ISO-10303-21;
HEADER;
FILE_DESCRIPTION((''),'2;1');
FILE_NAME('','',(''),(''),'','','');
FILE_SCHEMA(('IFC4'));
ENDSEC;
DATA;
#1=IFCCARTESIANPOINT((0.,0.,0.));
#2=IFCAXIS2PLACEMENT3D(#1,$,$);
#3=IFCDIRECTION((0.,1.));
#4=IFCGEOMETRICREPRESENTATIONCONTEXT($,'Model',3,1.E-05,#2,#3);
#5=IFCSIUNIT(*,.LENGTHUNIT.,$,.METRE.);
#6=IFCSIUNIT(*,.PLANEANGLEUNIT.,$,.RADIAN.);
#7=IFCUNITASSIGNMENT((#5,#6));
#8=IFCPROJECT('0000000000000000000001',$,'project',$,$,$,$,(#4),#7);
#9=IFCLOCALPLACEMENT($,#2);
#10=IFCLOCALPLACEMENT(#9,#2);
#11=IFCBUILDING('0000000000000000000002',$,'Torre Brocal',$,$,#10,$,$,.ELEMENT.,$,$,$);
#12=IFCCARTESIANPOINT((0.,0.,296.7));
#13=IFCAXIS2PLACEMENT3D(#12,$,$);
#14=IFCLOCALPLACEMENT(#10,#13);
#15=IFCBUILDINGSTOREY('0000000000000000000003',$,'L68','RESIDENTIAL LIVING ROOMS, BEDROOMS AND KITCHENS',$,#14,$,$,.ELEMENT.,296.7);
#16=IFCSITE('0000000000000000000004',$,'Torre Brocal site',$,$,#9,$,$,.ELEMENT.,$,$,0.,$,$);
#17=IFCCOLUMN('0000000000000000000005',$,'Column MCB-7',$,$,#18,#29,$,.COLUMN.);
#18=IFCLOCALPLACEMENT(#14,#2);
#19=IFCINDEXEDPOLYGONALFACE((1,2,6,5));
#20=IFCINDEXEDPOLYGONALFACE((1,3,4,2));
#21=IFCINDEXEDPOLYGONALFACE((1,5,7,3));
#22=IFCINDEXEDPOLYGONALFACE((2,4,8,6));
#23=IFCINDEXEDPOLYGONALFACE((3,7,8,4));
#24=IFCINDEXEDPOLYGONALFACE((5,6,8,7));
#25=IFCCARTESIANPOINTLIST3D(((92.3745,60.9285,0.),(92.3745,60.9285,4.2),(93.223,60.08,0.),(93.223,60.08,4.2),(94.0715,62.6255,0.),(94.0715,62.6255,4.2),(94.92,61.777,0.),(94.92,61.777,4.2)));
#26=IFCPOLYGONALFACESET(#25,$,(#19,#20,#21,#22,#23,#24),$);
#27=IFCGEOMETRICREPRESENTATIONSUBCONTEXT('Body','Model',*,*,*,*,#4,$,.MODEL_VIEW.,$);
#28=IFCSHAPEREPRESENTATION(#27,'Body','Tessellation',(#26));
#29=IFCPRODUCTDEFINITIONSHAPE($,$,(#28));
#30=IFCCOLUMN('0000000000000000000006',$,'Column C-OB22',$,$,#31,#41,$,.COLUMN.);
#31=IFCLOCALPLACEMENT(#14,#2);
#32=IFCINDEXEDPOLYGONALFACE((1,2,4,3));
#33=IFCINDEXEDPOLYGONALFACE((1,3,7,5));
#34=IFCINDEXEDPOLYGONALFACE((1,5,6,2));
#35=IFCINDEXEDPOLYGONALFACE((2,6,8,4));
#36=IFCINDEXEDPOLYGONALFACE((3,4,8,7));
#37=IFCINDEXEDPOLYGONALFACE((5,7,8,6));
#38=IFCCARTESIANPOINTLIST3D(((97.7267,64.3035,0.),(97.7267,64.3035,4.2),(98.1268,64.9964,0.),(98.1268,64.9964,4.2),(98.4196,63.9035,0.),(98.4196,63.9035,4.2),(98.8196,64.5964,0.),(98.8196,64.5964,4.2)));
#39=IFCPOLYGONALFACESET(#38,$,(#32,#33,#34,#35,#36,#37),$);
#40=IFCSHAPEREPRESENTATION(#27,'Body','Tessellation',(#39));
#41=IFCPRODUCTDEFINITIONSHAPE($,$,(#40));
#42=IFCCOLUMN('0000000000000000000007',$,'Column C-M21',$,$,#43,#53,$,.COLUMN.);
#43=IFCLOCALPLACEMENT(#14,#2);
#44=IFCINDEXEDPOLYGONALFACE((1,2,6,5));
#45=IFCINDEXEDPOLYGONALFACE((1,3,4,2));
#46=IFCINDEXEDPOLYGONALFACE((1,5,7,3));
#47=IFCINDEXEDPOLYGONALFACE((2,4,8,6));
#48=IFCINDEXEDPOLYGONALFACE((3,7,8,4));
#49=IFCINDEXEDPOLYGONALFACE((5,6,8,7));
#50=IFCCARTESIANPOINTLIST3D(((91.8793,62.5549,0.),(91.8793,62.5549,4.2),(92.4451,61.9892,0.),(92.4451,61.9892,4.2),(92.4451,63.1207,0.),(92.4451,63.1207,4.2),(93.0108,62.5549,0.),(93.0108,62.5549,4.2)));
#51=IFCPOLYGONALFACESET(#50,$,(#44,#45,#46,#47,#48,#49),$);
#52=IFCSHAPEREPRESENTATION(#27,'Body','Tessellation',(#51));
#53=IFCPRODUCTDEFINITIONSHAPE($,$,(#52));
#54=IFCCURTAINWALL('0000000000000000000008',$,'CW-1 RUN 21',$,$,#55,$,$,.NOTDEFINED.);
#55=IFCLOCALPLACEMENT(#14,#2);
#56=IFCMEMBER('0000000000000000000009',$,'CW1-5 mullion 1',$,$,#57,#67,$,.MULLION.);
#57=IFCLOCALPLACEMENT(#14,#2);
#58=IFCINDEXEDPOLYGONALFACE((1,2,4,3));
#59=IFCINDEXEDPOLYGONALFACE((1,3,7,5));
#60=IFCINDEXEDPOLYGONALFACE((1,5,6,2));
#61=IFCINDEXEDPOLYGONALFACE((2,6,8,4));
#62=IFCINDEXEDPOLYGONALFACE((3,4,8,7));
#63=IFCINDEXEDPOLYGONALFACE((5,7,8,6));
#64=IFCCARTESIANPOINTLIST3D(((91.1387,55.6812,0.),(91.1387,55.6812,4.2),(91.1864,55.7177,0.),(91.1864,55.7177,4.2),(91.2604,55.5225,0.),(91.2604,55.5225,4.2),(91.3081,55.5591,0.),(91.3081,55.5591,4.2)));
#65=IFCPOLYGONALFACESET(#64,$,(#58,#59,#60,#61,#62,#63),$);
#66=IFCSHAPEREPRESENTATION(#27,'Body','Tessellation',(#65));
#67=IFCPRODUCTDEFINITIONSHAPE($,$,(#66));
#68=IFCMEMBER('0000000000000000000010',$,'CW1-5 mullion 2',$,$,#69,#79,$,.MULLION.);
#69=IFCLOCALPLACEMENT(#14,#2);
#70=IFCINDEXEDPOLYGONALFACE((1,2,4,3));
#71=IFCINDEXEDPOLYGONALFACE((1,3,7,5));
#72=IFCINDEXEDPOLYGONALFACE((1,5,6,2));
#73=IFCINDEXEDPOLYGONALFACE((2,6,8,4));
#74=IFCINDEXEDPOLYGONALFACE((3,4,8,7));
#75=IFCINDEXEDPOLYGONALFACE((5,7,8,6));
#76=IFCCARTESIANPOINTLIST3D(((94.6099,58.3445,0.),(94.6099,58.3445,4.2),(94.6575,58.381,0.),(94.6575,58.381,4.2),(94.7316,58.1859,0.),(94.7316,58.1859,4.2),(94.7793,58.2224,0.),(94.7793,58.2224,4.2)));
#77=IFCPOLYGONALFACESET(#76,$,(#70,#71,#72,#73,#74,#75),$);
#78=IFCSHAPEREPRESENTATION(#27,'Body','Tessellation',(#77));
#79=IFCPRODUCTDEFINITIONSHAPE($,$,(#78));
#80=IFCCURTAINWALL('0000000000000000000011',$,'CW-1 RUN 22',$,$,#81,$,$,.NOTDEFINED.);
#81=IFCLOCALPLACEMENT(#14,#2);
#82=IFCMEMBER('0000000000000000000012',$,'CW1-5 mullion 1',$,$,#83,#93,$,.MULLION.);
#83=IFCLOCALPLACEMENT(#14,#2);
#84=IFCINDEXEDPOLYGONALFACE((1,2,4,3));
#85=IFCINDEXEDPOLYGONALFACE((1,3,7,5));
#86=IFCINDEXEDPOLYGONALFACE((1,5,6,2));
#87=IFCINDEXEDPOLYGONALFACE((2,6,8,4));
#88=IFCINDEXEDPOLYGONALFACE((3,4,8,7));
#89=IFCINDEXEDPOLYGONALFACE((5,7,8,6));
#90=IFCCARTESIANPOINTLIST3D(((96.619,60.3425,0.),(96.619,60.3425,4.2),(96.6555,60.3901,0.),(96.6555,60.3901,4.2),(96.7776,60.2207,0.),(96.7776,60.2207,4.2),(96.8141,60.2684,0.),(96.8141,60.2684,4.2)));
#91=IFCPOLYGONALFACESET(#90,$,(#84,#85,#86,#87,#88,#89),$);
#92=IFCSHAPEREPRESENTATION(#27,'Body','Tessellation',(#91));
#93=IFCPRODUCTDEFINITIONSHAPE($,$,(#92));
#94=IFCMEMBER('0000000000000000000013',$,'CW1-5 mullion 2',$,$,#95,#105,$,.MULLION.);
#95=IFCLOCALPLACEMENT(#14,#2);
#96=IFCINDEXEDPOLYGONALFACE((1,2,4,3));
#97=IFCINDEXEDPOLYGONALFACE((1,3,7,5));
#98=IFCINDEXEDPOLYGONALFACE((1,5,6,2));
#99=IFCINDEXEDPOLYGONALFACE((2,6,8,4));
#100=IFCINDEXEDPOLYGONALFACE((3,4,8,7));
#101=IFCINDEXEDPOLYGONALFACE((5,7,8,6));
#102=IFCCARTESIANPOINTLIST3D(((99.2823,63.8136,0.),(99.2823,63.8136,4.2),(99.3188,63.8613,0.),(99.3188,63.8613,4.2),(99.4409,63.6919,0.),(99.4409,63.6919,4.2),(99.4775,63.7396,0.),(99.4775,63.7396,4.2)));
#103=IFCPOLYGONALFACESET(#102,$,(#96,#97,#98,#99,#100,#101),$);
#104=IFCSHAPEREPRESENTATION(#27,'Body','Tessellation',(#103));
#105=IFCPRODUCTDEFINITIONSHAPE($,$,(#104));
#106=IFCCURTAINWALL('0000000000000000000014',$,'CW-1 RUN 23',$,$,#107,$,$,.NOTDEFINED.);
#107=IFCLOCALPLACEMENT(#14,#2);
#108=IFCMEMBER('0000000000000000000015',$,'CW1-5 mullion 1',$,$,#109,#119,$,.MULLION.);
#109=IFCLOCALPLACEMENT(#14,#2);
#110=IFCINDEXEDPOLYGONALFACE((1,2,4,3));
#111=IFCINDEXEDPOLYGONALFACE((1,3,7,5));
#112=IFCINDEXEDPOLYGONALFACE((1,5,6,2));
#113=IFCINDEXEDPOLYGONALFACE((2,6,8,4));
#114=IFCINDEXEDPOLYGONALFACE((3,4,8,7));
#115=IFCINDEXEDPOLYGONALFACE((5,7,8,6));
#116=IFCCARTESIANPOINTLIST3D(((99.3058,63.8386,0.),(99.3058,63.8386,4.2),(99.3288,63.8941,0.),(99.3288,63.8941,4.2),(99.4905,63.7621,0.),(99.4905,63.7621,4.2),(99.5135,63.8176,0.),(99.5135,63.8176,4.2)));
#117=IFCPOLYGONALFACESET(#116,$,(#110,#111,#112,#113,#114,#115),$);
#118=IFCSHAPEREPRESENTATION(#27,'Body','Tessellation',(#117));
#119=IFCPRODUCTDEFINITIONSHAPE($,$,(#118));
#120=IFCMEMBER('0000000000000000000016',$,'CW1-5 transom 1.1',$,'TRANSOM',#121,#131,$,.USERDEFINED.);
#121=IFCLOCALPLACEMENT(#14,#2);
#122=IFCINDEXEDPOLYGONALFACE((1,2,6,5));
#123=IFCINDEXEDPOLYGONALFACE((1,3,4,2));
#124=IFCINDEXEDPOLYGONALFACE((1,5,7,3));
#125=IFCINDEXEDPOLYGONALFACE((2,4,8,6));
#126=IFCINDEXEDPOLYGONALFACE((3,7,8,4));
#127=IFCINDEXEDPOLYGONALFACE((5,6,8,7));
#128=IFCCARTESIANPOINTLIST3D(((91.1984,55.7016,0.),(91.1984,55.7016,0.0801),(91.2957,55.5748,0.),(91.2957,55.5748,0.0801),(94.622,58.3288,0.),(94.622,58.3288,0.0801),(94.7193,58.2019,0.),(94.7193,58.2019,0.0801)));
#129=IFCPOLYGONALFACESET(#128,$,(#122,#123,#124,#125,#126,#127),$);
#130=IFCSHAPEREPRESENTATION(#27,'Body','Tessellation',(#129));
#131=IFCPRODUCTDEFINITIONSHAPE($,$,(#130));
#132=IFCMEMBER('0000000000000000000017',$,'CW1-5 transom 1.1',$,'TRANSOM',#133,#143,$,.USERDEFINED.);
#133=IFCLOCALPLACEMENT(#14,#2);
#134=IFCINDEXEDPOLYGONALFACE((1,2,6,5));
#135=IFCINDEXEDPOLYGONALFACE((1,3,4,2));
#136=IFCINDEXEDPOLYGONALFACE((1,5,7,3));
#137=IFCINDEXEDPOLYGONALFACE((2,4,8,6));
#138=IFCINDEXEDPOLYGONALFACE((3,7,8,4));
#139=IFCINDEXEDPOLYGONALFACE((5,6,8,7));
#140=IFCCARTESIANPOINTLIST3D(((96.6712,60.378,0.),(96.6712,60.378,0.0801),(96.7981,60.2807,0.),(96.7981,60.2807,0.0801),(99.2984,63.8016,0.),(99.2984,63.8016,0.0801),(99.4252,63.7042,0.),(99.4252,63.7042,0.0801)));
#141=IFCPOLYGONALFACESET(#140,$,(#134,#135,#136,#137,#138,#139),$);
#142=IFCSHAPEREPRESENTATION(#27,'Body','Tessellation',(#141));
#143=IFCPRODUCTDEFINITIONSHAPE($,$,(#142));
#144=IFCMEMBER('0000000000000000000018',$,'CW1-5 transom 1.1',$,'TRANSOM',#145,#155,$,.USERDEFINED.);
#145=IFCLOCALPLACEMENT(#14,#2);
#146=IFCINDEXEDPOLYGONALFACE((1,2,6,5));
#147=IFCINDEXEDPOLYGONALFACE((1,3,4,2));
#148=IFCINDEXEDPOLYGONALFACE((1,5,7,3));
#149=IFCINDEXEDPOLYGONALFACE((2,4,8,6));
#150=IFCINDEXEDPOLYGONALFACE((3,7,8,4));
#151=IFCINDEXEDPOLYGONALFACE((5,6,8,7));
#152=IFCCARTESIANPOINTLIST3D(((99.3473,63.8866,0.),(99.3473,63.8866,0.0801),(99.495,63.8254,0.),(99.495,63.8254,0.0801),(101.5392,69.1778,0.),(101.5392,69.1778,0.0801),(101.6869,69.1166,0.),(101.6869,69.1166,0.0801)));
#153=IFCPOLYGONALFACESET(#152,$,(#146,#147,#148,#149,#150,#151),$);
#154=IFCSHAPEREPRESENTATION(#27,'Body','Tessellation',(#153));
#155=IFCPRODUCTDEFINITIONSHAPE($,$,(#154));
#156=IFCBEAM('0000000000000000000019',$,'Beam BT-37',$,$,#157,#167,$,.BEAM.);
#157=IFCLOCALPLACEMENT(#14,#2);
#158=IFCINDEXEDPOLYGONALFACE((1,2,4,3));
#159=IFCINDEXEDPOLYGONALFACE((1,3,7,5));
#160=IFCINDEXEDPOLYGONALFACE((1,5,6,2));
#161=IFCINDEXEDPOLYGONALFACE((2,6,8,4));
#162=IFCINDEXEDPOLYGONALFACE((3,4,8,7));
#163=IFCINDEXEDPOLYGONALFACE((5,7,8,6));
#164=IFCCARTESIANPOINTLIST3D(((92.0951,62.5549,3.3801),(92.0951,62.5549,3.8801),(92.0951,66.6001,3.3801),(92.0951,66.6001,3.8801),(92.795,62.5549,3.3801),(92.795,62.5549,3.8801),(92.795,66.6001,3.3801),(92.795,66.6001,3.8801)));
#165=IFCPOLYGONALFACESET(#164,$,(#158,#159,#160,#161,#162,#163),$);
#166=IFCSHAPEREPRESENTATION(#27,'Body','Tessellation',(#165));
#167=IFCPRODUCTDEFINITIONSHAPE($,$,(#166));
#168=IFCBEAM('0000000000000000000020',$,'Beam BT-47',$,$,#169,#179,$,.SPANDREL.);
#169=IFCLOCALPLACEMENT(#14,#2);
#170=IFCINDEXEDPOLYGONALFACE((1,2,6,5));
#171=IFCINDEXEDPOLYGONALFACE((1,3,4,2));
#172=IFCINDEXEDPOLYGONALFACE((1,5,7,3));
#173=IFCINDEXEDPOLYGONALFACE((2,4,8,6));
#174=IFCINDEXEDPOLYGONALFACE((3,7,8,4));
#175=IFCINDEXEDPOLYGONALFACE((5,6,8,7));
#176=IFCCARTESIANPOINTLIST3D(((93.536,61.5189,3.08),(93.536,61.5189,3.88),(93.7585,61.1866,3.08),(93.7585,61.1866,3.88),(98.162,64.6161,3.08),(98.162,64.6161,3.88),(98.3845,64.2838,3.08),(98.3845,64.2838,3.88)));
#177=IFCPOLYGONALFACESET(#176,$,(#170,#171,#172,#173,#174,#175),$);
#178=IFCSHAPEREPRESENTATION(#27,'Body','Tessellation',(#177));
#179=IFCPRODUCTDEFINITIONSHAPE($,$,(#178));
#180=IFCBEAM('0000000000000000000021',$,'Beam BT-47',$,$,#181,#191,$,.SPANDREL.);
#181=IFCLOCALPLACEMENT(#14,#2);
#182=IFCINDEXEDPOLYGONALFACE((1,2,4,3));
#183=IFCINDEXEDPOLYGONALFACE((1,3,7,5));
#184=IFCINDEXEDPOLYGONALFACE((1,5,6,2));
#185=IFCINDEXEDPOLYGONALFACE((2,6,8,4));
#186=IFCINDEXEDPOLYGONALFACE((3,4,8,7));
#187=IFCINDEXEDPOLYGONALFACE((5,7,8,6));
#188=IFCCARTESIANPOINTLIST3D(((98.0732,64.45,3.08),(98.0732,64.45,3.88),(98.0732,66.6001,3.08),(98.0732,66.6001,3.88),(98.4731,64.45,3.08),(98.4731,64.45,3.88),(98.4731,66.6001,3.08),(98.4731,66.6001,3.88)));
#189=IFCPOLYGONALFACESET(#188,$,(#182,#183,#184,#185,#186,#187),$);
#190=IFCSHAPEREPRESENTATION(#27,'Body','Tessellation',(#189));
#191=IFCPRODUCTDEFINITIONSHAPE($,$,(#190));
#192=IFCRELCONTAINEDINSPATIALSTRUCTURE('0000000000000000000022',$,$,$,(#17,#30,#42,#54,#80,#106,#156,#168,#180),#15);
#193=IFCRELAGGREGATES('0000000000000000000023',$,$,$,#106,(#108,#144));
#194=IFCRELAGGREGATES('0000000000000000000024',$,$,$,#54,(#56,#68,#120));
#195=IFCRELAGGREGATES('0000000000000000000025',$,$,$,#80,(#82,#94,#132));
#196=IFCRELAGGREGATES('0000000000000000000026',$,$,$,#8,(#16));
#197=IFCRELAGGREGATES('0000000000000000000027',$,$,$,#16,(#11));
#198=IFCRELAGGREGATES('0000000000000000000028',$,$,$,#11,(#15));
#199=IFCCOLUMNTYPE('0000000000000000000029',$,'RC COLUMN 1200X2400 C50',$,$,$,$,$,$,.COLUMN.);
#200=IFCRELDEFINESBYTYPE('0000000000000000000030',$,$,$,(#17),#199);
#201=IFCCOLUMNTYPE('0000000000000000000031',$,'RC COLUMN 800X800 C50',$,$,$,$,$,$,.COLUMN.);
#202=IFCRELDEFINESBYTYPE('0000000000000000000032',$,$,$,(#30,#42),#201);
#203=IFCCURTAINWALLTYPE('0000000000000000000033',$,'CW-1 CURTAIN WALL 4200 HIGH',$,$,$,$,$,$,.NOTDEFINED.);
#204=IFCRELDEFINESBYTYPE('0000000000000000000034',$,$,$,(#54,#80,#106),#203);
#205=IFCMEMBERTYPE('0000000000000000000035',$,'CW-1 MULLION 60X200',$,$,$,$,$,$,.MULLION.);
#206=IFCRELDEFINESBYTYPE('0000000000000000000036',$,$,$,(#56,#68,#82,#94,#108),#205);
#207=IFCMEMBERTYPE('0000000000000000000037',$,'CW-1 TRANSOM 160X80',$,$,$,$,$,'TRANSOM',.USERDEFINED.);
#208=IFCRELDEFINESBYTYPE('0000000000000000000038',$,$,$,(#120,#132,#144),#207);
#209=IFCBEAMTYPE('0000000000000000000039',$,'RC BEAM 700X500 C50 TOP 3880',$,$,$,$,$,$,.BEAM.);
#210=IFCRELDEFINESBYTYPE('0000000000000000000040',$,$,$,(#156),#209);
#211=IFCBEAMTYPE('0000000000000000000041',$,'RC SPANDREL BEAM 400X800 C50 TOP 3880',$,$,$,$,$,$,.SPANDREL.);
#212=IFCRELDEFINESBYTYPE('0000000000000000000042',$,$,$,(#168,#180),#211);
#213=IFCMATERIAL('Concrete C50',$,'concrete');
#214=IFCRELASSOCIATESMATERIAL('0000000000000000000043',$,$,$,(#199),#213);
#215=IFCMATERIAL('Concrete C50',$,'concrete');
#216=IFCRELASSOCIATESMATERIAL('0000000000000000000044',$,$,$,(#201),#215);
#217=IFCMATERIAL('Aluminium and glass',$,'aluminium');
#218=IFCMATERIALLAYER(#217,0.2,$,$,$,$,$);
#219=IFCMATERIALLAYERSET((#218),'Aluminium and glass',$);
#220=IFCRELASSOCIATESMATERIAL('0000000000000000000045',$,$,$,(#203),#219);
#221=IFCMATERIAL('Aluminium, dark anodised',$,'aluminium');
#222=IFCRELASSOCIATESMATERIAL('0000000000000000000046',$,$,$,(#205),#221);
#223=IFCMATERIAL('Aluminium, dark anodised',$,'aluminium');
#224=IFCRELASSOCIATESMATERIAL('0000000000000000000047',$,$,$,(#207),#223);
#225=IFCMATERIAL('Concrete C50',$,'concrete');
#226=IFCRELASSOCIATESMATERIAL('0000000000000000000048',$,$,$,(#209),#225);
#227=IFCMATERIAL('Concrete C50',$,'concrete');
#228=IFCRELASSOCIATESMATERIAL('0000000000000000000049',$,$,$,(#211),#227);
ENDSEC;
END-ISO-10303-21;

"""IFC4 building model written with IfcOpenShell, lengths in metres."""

from ifc_helpers import new_model, si_unit, direction, frame, origin, origin_2d, place, context, subcontext, project, spatial, rectangle, extrude, material, layer, layer_set, material_profile, profile_set, type_object, element, aggregate, save


model = new_model("IFC4")

# Units and contexts
model_context = context("Model", 3, precision=1e-05, world=origin(), true_north=direction((0.0, 1.0)))
body_context = subcontext(model_context, "Body", "Model", "MODEL_VIEW")
ifc_project = project(units=[si_unit("LENGTHUNIT", "METRE"), si_unit("PLANEANGLEUNIT", "RADIAN")], contexts=[model_context])

# Site, building, storey
site_placement = place(None, origin())
site = spatial("IfcSite", under=ifc_project, at=site_placement, Name="Torre Brocal site", CompositionType="ELEMENT", RefElevation=0.0)
building_placement = place(site_placement, origin())
building = spatial("IfcBuilding", under=site, at=building_placement, Name="Torre Brocal", CompositionType="ELEMENT")
storey_placement = place(building_placement, frame((0.0, 0.0, 296.7)))
storey = spatial("IfcBuildingStorey", under=building, at=storey_placement, Name="L68", Description="RESIDENTIAL LIVING ROOMS, BEDROOMS AND KITCHENS", CompositionType="ELEMENT", Elevation=296.7)

# Columns
ifc_material_1 = material(Name="Concrete C50", Category="concrete")
ifc_material_profile_1 = material_profile(ifc_material_1, rectangle(XDim=1.2, YDim=2.3999, at=origin_2d()), Name="RC 1200X2400")
ifc_profile_set_1 = profile_set([ifc_material_profile_1], Name="Concrete C50")
column_type_1 = type_object("IfcColumnType", Name="RC COLUMN 1200X2400 C50", PredefinedType="COLUMN", material=ifc_profile_set_1)
column_placement = place(storey_placement, frame((93.6472, 61.3528, 0.0), z_axis=(0.0, 0.0, 1.0), x_axis=(0.707107, -0.707107, 0.0)))
element("IfcColumn", 1, at=column_placement, inside=storey, type_object=column_type_1, Name="Column MCB-7", PredefinedType="COLUMN", context=body_context, shape_type="SweptSolid", body=[
    extrude(rectangle(XDim=1.2, YDim=2.3999, at=origin_2d()), origin(), (0.0, 0.0, 1.0), 4.2),
])
ifc_material_2 = material(Name="Concrete C50", Category="concrete")
ifc_material_profile_2 = material_profile(ifc_material_2, rectangle(XDim=0.8, YDim=0.8, at=origin_2d()), Name="RC 800X800")
ifc_profile_set_2 = profile_set([ifc_material_profile_2], Name="Concrete C50")
column_type_2 = type_object("IfcColumnType", Name="RC COLUMN 800X800 C50", PredefinedType="COLUMN", material=ifc_profile_set_2)
for number, where, z_axis, x_axis, name in (
    (2, (98.2732, 64.45, 0.0), (0.0, 0.0, 1.0), (0.866025, -0.5, 0.0), "Column C-OB22"),
    (3, (92.4451, 62.5549, 0.0), (0.0, 0.0, 1.0), (0.707107, -0.707107, 0.0), "Column C-M21"),
):
    element("IfcColumn", number, at=place(storey_placement, frame(where, z_axis=z_axis, x_axis=x_axis)), inside=storey, type_object=column_type_2, Name=name, PredefinedType="COLUMN", context=body_context, shape_type="SweptSolid", body=[
        extrude(rectangle(XDim=0.8, YDim=0.8, at=origin_2d()), origin(), (0.0, 0.0, 1.0), 4.2),
    ])

# Curtain walls, members
ifc_material_3 = material(Name="Aluminium and glass", Category="aluminium")
ifc_layer_1 = layer(ifc_material_3, 0.2)
ifc_layer_set_1 = layer_set([ifc_layer_1], Name="Aluminium and glass")
curtain_wall_type = type_object("IfcCurtainWallType", Name="CW-1 CURTAIN WALL 4200 HIGH", PredefinedType="NOTDEFINED", material=ifc_layer_set_1)
curtain_wall_1_placement = place(storey_placement, origin())
curtain_wall_1 = element("IfcCurtainWall", 4, at=curtain_wall_1_placement, inside=storey, type_object=curtain_wall_type, Name="CW-1 RUN 21", PredefinedType="NOTDEFINED")
ifc_material_4 = material(Name="Aluminium, dark anodised", Category="aluminium")
ifc_material_profile_3 = material_profile(ifc_material_4, rectangle(XDim=0.2, YDim=0.0601, at=origin_2d()), Name="CW-1 MULLION 60X200")
ifc_profile_set_3 = profile_set([ifc_material_profile_3], Name="Aluminium, dark anodised")
member_type_1 = type_object("IfcMemberType", Name="CW-1 MULLION 60X200", PredefinedType="MULLION", material=ifc_profile_set_3)
member_1_placement = place(storey_placement, frame((91.2234, 55.6201, 0.0), z_axis=(0.0, 0.0, 1.0), x_axis=(-0.608761, 0.793353, 0.0)))
member_1 = element("IfcMember", 5, at=member_1_placement, type_object=member_type_1, Name="CW1-5 mullion 1", PredefinedType="MULLION", context=body_context, shape_type="SweptSolid", body=[
    extrude(rectangle(XDim=0.2, YDim=0.0601, at=origin_2d()), origin(), (0.0, 0.0, 1.0), 4.2),
])
member_2_placement = place(storey_placement, frame((94.6946, 58.2834, 0.0), z_axis=(0.0, 0.0, 1.0), x_axis=(-0.608761, 0.793353, 0.0)))
member_2 = element("IfcMember", 6, at=member_2_placement, type_object=member_type_1, Name="CW1-5 mullion 2", PredefinedType="MULLION", context=body_context, shape_type="SweptSolid", body=[
    extrude(rectangle(XDim=0.2, YDim=0.0601, at=origin_2d()), origin(), (0.0, 0.0, 1.0), 4.2),
])
curtain_wall_2_placement = place(storey_placement, origin())
curtain_wall_2 = element("IfcCurtainWall", 7, at=curtain_wall_2_placement, inside=storey, type_object=curtain_wall_type, Name="CW-1 RUN 22", PredefinedType="NOTDEFINED")
member_3_placement = place(storey_placement, frame((96.7166, 60.3054, 0.0), z_axis=(0.0, 0.0, 1.0), x_axis=(-0.793353, 0.608761, 0.0)))
member_3 = element("IfcMember", 8, at=member_3_placement, type_object=member_type_1, Name="CW1-5 mullion 1", PredefinedType="MULLION", context=body_context, shape_type="SweptSolid", body=[
    extrude(rectangle(XDim=0.2, YDim=0.0601, at=origin_2d()), origin(), (0.0, 0.0, 1.0), 4.2),
])
member_4_placement = place(storey_placement, frame((99.3799, 63.7766, 0.0), z_axis=(0.0, 0.0, 1.0), x_axis=(-0.793353, 0.608761, 0.0)))
member_4 = element("IfcMember", 9, at=member_4_placement, type_object=member_type_1, Name="CW1-5 mullion 2", PredefinedType="MULLION", context=body_context, shape_type="SweptSolid", body=[
    extrude(rectangle(XDim=0.2, YDim=0.0601, at=origin_2d()), origin(), (0.0, 0.0, 1.0), 4.2),
])

# Curtain wall, member
curtain_wall_3_placement = place(storey_placement, origin())
curtain_wall_3 = element("IfcCurtainWall", 10, at=curtain_wall_3_placement, inside=storey, type_object=curtain_wall_type, Name="CW-1 RUN 23", PredefinedType="NOTDEFINED")
member_5_placement = place(storey_placement, frame((99.4097, 63.8281, 0.0), z_axis=(0.0, 0.0, 1.0), x_axis=(-0.92388, 0.382683, 0.0)))
member_5 = element("IfcMember", 11, at=member_5_placement, type_object=member_type_1, Name="CW1-5 mullion 1", PredefinedType="MULLION", context=body_context, shape_type="SweptSolid", body=[
    extrude(rectangle(XDim=0.2, YDim=0.0601, at=origin_2d()), origin(), (0.0, 0.0, 1.0), 4.2),
])

# Members
ifc_material_5 = material(Name="Aluminium, dark anodised", Category="aluminium")
ifc_material_profile_4 = material_profile(ifc_material_5, rectangle(XDim=0.1599, YDim=0.0801, at=origin_2d()), Name="CW-1 TRANSOM 160X80")
ifc_profile_set_4 = profile_set([ifc_material_profile_4], Name="Aluminium, dark anodised")
member_type_2 = type_object("IfcMemberType", Name="CW-1 TRANSOM 160X80", ElementType="TRANSOM", PredefinedType="USERDEFINED", material=ifc_profile_set_4)
member_6_placement = place(storey_placement, frame((91.2471, 55.6382, 0.04), z_axis=(0.793332, 0.608789, 0.0), x_axis=(-0.608789, 0.793332, 0.0)))
member_6 = element("IfcMember", 12, at=member_6_placement, type_object=member_type_2, Name="CW1-5 transom 1.1", ObjectType="TRANSOM", PredefinedType="USERDEFINED", context=body_context, shape_type="SweptSolid", body=[
    extrude(rectangle(XDim=0.1599, YDim=0.0801, at=origin_2d()), origin(), (0.0, 0.0, 1.0), 4.3154),
])
member_7_placement = place(storey_placement, frame((96.7346, 60.3293, 0.04), z_axis=(0.608789, 0.793332, 0.0), x_axis=(-0.793332, 0.608789, 0.0)))
member_7 = element("IfcMember", 13, at=member_7_placement, type_object=member_type_2, Name="CW1-5 transom 1.1", ObjectType="TRANSOM", PredefinedType="USERDEFINED", context=body_context, shape_type="SweptSolid", body=[
    extrude(rectangle(XDim=0.1599, YDim=0.0801, at=origin_2d()), origin(), (0.0, 0.0, 1.0), 4.3154),
])
member_8_placement = place(storey_placement, frame((99.4211, 63.856, 0.04), z_axis=(0.382711, 0.923868, 0.0), x_axis=(-0.923868, 0.382711, 0.0)))
member_8 = element("IfcMember", 14, at=member_8_placement, type_object=member_type_2, Name="CW1-5 transom 1.1", ObjectType="TRANSOM", PredefinedType="USERDEFINED", context=body_context, shape_type="SweptSolid", body=[
    extrude(rectangle(XDim=0.1599, YDim=0.0801, at=origin_2d()), origin(), (0.0, 0.0, 1.0), 5.7273),
])
aggregate(curtain_wall_3, [member_5, member_8])

# Beams
ifc_material_6 = material(Name="Concrete C50", Category="concrete")
ifc_material_profile_5 = material_profile(ifc_material_6, rectangle(XDim=0.7, YDim=0.5, at=origin_2d()), Name="RC 700X500")
ifc_profile_set_5 = profile_set([ifc_material_profile_5], Name="Concrete C50")
beam_type_1 = type_object("IfcBeamType", Name="RC BEAM 700X500 C50 TOP 3880", PredefinedType="BEAM", material=ifc_profile_set_5)
beam_1_placement = place(storey_placement, frame((92.4451, 62.5549, 3.6301), z_axis=(0.0, 1.0, 0.0), x_axis=(-1.0, 0.0, 0.0)))
element("IfcBeam", 15, at=beam_1_placement, inside=storey, type_object=beam_type_1, Name="Beam BT-37", PredefinedType="BEAM", context=body_context, shape_type="SweptSolid", body=[
    extrude(rectangle(XDim=0.7, YDim=0.5, at=origin_2d()), origin(), (0.0, 0.0, 1.0), 4.0452),
])
ifc_material_7 = material(Name="Concrete C50", Category="concrete")
ifc_material_profile_6 = material_profile(ifc_material_7, rectangle(XDim=0.3999, YDim=0.8, at=origin_2d()), Name="RC 400X800")
ifc_profile_set_6 = profile_set([ifc_material_profile_6], Name="Concrete C50")
beam_type_2 = type_object("IfcBeamType", Name="RC SPANDREL BEAM 400X800 C50 TOP 3880", PredefinedType="SPANDREL", material=ifc_profile_set_6)
beam_2_placement = place(storey_placement, frame((93.6472, 61.3528, 3.48), z_axis=(0.830956, 0.556339, 0.0), x_axis=(-0.556339, 0.830956, 0.0)))
element("IfcBeam", 16, at=beam_2_placement, inside=storey, type_object=beam_type_2, Name="Beam BT-47", PredefinedType="SPANDREL", context=body_context, shape_type="SweptSolid", body=[
    extrude(rectangle(XDim=0.3999, YDim=0.8, at=origin_2d()), origin(), (0.0, 0.0, 1.0), 5.5671),
])
beam_3_placement = place(storey_placement, frame((98.2732, 64.45, 3.48), z_axis=(0.0, 1.0, 0.0), x_axis=(-1.0, 0.0, 0.0)))
element("IfcBeam", 17, at=beam_3_placement, inside=storey, type_object=beam_type_2, Name="Beam BT-47", PredefinedType="SPANDREL", context=body_context, shape_type="SweptSolid", body=[
    extrude(rectangle(XDim=0.3999, YDim=0.8, at=origin_2d()), origin(), (0.0, 0.0, 1.0), 2.1501),
])

aggregate(curtain_wall_1, [member_1, member_2, member_6])
aggregate(curtain_wall_2, [member_3, member_4, member_7])

save(model, "model.ifc")
